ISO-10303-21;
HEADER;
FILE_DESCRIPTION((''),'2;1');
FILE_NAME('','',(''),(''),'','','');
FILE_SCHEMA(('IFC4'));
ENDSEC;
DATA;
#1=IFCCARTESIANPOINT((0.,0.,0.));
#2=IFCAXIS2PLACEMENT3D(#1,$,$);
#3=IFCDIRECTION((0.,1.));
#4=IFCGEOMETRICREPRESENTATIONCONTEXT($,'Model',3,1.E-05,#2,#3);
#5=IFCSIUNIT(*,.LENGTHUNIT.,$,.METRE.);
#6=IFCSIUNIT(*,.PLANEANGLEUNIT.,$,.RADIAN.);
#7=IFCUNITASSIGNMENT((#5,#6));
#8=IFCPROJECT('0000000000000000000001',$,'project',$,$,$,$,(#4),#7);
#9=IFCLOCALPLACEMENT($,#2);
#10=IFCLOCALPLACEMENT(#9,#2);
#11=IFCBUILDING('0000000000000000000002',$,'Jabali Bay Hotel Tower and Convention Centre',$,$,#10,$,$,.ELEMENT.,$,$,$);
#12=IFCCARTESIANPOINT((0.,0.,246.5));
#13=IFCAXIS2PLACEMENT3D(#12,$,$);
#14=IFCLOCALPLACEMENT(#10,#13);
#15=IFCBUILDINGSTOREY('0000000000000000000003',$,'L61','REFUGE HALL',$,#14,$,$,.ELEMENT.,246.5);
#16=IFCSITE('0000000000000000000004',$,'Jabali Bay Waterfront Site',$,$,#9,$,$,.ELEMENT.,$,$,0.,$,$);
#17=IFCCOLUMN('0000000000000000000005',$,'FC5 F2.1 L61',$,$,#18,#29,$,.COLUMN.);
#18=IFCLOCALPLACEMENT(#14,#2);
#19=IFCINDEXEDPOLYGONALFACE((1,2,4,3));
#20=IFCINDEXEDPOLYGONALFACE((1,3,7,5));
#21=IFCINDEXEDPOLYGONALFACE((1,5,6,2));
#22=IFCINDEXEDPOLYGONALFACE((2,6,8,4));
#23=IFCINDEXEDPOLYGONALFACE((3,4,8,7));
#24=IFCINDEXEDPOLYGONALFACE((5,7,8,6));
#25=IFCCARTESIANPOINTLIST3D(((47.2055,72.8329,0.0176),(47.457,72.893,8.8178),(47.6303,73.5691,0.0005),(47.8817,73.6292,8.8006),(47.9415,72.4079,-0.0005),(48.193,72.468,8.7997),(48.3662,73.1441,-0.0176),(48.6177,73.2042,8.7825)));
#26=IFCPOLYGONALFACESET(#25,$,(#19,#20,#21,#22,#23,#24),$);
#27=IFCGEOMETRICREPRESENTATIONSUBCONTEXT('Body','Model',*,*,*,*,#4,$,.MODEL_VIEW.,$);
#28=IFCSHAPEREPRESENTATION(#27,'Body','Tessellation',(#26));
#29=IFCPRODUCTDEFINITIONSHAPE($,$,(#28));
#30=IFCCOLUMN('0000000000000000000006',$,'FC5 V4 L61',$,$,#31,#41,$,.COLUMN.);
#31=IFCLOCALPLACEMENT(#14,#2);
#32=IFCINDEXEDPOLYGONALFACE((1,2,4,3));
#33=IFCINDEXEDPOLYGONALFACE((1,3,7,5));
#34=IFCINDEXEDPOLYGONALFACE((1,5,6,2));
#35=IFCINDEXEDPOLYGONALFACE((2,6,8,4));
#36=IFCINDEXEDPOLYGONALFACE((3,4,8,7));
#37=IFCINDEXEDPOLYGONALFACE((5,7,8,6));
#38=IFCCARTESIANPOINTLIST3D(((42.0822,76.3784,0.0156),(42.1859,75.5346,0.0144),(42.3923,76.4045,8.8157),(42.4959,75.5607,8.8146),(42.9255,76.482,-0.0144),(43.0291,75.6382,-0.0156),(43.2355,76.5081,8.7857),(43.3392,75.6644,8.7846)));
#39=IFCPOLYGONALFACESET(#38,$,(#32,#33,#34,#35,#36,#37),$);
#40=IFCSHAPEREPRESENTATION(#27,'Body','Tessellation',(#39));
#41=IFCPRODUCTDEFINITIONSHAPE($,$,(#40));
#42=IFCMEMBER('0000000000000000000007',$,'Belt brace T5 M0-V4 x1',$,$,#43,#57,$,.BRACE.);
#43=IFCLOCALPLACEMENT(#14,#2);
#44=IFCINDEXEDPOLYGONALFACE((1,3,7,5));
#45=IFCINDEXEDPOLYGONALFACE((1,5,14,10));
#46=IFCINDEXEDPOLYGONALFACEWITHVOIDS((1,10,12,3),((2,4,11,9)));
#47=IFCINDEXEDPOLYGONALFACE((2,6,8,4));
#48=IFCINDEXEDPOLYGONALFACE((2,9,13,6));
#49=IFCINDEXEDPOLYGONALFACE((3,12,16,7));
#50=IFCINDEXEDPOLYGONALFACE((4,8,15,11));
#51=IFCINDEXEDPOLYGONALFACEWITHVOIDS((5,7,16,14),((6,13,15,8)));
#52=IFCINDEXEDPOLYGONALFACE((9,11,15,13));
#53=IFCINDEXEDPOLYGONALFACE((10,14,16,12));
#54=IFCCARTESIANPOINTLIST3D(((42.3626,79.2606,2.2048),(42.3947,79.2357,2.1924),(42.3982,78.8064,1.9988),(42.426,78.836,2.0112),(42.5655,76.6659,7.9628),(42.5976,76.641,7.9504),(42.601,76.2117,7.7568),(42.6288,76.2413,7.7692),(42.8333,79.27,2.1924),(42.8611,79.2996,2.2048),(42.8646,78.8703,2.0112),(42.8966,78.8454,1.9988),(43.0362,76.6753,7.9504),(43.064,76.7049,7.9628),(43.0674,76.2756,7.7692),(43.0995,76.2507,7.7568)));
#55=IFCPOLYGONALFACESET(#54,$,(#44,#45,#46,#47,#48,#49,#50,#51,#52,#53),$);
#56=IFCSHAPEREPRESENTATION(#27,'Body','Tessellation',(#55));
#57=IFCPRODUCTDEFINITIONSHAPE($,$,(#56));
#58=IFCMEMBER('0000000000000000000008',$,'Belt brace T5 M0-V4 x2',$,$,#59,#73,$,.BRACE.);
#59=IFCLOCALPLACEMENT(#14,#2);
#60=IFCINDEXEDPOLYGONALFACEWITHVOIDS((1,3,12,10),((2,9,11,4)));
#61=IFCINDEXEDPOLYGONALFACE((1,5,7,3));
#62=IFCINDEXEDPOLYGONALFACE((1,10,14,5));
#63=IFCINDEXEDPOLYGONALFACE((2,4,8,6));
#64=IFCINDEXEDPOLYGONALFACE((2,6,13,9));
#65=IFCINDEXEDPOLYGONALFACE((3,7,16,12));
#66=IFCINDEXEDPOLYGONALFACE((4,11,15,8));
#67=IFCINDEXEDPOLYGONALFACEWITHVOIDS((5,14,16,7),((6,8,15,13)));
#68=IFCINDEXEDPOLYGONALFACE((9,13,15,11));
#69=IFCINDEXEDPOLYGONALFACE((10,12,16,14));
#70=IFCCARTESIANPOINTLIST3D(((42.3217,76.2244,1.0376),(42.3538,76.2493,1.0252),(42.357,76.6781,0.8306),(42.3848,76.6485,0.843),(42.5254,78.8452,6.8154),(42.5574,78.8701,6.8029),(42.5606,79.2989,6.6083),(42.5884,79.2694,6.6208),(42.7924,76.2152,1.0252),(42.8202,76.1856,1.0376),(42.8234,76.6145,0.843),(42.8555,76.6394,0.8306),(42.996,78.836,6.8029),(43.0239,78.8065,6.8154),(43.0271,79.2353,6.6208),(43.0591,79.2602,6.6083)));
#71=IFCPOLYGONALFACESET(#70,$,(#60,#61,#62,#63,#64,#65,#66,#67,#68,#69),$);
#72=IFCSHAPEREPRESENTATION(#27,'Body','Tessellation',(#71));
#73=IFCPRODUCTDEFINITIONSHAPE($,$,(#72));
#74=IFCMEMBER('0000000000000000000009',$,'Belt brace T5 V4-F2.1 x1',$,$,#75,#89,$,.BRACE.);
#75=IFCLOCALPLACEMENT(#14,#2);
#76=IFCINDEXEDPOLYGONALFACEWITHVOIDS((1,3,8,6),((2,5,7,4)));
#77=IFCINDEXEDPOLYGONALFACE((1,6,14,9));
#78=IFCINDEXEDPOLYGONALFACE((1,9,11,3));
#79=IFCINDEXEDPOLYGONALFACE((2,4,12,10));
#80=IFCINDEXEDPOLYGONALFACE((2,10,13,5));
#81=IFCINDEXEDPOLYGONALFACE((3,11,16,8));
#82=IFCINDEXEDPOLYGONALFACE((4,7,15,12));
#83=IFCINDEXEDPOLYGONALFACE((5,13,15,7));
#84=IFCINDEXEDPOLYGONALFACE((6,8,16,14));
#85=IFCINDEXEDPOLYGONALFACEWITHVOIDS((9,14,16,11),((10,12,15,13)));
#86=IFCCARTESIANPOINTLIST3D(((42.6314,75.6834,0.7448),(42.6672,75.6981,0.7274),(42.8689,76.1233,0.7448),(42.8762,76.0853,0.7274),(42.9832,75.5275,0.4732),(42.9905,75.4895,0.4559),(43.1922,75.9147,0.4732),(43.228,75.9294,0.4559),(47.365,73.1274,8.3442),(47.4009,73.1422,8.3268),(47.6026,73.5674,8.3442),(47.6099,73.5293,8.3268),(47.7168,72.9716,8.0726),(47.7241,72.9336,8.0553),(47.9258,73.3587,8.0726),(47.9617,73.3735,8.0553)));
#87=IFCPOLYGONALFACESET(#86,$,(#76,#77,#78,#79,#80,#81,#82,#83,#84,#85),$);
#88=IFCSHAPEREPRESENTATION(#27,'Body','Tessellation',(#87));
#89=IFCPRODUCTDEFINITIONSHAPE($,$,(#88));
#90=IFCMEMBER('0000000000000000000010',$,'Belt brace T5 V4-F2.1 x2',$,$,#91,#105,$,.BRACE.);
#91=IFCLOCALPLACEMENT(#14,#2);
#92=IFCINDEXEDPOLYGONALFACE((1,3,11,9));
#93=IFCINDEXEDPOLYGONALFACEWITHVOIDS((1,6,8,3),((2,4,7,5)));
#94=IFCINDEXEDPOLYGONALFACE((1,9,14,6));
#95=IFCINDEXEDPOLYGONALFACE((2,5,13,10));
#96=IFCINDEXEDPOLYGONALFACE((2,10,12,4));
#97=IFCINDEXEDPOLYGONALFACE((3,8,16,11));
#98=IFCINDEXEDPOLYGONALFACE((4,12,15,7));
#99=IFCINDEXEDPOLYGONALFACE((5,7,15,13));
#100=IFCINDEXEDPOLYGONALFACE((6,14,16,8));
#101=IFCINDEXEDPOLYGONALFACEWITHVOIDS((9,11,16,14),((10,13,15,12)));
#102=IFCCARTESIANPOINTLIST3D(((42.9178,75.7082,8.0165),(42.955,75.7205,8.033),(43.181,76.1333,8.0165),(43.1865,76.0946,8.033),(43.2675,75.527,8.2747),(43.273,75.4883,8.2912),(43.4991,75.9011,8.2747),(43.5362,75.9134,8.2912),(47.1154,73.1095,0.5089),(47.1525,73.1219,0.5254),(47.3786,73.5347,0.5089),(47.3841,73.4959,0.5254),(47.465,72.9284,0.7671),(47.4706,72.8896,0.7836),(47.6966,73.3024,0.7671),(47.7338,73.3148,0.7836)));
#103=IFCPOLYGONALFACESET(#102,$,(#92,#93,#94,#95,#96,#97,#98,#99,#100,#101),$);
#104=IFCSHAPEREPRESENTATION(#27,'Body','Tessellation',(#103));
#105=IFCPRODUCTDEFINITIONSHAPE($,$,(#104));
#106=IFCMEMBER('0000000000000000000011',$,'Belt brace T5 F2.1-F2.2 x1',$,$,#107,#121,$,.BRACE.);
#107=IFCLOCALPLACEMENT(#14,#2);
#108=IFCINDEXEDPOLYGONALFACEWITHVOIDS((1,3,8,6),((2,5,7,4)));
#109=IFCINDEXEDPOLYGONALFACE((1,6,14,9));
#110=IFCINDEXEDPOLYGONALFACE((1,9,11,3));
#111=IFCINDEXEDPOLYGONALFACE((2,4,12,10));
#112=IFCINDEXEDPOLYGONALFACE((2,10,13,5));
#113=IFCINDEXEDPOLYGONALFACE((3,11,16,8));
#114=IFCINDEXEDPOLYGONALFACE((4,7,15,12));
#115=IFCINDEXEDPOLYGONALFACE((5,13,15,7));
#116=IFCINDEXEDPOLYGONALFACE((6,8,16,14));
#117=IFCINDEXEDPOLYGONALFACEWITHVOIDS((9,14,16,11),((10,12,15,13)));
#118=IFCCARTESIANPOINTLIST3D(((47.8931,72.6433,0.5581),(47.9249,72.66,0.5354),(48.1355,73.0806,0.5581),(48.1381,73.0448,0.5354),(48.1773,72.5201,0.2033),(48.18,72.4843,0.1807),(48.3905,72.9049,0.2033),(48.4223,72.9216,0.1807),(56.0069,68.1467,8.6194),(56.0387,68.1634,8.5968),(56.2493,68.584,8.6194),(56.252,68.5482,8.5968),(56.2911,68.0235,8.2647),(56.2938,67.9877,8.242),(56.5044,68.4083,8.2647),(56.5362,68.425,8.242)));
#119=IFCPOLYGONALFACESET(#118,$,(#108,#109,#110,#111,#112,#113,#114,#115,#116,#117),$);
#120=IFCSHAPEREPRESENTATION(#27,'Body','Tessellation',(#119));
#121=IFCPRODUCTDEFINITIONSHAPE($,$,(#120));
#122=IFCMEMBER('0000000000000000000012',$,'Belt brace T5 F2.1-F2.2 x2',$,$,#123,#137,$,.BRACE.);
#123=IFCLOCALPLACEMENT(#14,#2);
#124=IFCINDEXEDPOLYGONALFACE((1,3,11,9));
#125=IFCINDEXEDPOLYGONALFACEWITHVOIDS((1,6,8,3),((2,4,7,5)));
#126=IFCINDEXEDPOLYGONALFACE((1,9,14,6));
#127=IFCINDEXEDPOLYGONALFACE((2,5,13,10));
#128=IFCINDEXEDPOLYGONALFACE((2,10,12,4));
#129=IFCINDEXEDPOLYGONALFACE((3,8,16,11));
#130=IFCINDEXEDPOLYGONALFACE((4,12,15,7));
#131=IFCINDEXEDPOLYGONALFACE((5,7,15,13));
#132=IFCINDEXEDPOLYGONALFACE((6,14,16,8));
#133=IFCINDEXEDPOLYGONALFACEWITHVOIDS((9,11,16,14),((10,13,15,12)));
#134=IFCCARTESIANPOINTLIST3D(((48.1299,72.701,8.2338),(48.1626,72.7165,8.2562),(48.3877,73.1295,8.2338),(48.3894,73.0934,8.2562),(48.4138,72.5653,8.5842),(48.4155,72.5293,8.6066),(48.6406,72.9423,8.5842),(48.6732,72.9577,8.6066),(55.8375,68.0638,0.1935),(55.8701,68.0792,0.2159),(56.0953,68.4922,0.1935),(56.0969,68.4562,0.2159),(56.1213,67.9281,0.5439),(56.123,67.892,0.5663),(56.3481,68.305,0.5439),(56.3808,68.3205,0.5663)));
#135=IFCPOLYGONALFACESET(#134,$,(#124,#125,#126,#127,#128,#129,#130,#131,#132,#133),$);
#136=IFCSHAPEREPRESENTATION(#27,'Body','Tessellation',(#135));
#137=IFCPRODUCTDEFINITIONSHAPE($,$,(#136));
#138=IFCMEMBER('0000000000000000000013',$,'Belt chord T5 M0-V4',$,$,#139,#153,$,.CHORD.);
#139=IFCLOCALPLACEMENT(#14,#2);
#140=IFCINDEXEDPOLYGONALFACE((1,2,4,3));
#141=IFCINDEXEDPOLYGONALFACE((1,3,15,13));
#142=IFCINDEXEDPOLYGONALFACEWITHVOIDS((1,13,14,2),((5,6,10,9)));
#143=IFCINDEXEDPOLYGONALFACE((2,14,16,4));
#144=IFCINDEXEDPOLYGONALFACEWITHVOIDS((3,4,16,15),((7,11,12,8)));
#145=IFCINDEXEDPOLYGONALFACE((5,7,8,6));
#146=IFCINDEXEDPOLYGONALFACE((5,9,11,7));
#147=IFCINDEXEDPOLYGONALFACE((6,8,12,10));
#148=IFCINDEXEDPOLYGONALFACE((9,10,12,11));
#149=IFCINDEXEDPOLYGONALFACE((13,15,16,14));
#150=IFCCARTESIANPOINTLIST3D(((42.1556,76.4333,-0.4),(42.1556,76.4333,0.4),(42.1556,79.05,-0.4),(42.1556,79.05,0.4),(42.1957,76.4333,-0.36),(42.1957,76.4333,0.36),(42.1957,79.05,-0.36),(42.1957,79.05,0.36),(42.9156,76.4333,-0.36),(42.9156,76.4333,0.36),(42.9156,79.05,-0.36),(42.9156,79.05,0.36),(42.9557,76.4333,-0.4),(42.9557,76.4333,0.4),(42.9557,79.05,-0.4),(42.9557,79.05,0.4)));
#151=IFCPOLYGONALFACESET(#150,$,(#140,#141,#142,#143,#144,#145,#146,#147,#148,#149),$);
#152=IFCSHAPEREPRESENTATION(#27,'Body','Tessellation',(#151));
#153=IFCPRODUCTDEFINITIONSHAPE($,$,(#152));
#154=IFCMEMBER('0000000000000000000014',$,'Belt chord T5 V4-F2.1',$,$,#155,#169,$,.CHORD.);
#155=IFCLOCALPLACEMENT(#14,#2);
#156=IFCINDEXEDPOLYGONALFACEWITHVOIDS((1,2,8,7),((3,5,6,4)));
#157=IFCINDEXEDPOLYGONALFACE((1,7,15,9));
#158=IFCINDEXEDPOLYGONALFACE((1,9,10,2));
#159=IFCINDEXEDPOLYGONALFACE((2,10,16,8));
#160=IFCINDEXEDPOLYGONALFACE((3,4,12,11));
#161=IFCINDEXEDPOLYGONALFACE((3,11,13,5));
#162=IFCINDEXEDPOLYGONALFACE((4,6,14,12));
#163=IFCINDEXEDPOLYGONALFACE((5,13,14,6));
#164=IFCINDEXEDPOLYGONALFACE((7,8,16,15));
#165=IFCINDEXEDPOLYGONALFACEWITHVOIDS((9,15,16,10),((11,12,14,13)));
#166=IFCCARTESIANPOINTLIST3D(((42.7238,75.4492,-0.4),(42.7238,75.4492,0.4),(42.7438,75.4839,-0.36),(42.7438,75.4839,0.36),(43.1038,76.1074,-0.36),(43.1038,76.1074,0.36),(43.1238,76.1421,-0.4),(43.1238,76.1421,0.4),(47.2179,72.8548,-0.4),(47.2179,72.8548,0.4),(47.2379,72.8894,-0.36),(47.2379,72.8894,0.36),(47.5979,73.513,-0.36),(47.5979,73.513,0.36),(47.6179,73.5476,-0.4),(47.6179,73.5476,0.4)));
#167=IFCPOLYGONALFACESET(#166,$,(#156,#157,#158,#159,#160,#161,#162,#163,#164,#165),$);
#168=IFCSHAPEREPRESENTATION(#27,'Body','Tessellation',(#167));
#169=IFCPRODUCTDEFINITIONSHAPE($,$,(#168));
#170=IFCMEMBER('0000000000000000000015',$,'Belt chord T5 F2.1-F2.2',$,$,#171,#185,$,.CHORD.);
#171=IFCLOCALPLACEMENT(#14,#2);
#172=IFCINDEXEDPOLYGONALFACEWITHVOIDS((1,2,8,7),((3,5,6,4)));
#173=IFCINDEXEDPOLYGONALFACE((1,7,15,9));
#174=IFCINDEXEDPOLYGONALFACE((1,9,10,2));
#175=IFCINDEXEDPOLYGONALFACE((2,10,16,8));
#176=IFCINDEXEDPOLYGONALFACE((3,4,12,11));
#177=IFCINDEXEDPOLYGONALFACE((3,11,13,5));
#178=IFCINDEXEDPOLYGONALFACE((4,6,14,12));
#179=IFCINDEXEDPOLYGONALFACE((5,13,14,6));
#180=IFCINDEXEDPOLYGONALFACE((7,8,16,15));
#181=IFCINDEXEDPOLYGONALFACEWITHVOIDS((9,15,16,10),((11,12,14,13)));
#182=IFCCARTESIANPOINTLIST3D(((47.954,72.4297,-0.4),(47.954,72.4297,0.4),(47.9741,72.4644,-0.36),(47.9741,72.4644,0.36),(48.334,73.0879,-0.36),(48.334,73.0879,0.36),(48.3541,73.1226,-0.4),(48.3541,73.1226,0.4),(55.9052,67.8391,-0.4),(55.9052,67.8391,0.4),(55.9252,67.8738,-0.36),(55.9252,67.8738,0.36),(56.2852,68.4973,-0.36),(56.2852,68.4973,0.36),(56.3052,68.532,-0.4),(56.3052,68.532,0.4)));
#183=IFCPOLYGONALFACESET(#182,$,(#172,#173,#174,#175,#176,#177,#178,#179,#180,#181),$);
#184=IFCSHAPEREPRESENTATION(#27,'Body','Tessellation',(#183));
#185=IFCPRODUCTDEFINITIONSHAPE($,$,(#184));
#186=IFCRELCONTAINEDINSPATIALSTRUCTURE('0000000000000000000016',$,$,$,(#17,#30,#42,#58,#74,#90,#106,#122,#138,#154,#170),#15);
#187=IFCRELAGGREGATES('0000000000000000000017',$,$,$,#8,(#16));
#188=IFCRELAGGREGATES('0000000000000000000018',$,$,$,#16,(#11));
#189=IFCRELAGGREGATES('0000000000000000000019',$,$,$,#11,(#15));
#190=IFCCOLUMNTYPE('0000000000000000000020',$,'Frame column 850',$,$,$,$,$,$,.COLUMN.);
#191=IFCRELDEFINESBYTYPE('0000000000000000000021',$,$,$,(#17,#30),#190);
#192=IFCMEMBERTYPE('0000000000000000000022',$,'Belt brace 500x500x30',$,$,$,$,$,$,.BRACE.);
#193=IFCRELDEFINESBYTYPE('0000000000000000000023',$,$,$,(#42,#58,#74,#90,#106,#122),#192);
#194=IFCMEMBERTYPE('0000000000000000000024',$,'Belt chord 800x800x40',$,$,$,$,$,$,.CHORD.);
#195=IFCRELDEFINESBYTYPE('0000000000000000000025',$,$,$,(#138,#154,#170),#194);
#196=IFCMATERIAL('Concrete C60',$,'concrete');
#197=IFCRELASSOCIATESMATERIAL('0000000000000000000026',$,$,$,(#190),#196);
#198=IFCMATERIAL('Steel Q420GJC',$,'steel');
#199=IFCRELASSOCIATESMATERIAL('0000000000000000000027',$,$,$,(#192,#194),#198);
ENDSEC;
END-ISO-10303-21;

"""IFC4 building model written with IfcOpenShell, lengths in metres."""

from ifc_helpers import new_model, si_unit, direction, frame, origin, origin_2d, place, context, subcontext, project, spatial, rectangle, hollow_rectangle, extrude, material, material_profile, profile_set, type_object, element, save


model = new_model("IFC4")

# Units and contexts
model_context = context("Model", 3, precision=1e-05, world=origin(), true_north=direction((0.0, 1.0)))
body_context = subcontext(model_context, "Body", "Model", "MODEL_VIEW")
ifc_project = project(units=[si_unit("LENGTHUNIT", "METRE"), si_unit("PLANEANGLEUNIT", "RADIAN")], contexts=[model_context])

# Site, building, storey
site_placement = place(None, origin())
site = spatial("IfcSite", under=ifc_project, at=site_placement, Name="Jabali Bay Waterfront Site", CompositionType="ELEMENT", RefElevation=0.0)
building_placement = place(site_placement, origin())
building = spatial("IfcBuilding", under=site, at=building_placement, Name="Jabali Bay Hotel Tower and Convention Centre", CompositionType="ELEMENT")
storey_placement = place(building_placement, frame((0.0, 0.0, 246.5)))
storey = spatial("IfcBuildingStorey", under=building, at=storey_placement, Name="L61", Description="REFUGE HALL", CompositionType="ELEMENT", Elevation=246.5)

# Columns
ifc_material_1 = material(Name="Concrete C60", Category="concrete")
ifc_material_profile_1 = material_profile(ifc_material_1, rectangle(XDim=0.8501, YDim=0.8501, at=origin_2d()), Name="Frame column 850")
ifc_profile_set_1 = profile_set([ifc_material_profile_1], Name="Concrete C60")
column_type = type_object("IfcColumnType", Name="Frame column 850", PredefinedType="COLUMN", material=ifc_profile_set_1)
column_1_placement = place(storey_placement, frame((47.7859, 72.9885, 0.0), z_axis=(0.028563, 0.006822, 0.999569), x_axis=(-0.865774, 0.499981, 0.021328)))
element("IfcColumn", 1, at=column_1_placement, inside=storey, type_object=column_type, Name="FC5 F2.1 L61", PredefinedType="COLUMN", context=body_context, shape_type="SweptSolid", body=[
    extrude(rectangle(XDim=0.8501, YDim=0.8501, at=origin_2d()), origin(), (0.0, 0.0, 1.0), 8.804),
])
column_2_placement = place(storey_placement, frame((42.5557, 76.0083, 0.0), z_axis=(0.035212, 0.002967, 0.999375), x_axis=(-0.121916, 0.992539, 0.001349)))
element("IfcColumn", 2, at=column_2_placement, inside=storey, type_object=column_type, Name="FC5 V4 L61", PredefinedType="COLUMN", context=body_context, shape_type="SweptSolid", body=[
    extrude(rectangle(XDim=0.8501, YDim=0.8501, at=origin_2d()), origin(), (0.0, 0.0, 1.0), 8.8057),
])

# Members
ifc_material_2 = material(Name="Steel Q420GJC", Category="steel")
ifc_material_profile_2 = material_profile(ifc_material_2, hollow_rectangle(XDim=0.5, YDim=0.5, WallThickness=0.03, at=origin_2d()), Name="Belt brace 500x500x30")
ifc_profile_set_2 = profile_set([ifc_material_profile_2], Name="Steel Q420GJC")
member_type_1 = type_object("IfcMemberType", Name="Belt brace 500x500x30", PredefinedType="BRACE", material=ifc_profile_set_2)
member_1_placement = place(storey_placement, frame((42.6296, 79.053, 2.1018), z_axis=(0.032107, -0.410627, 0.911238), x_axis=(0.996957, 0.077952, 0.0)))
element("IfcMember", 3, at=member_1_placement, inside=storey, type_object=member_type_1, Name="Belt brace T5 M0-V4 x1", PredefinedType="BRACE", context=body_context, shape_type="SweptSolid", body=[
    extrude(hollow_rectangle(XDim=0.5, YDim=0.5, WallThickness=0.03, at=origin_2d()), origin(), (0.0, 0.0, 1.0), 6.3188),
])
member_2_placement = place(storey_placement, frame((42.5886, 76.4319, 0.9341), z_axis=(0.032077, 0.41288, 0.91022), x_axis=(-0.996996, 0.077456, 0.0)))
element("IfcMember", 4, at=member_2_placement, inside=storey, type_object=member_type_1, Name="Belt brace T5 M0-V4 x2", PredefinedType="BRACE", context=body_context, shape_type="SweptSolid", body=[
    extrude(hollow_rectangle(XDim=0.5, YDim=0.5, WallThickness=0.03, at=origin_2d()), origin(), (0.0, 0.0, 1.0), 6.3477),
])
member_3_placement = place(storey_placement, frame((42.9297, 75.8064, 0.6003), z_axis=(0.508405, -0.274511, 0.816191), x_axis=(0.475112, 0.879926, 0.0)))
element("IfcMember", 5, at=member_3_placement, inside=storey, type_object=member_type_1, Name="Belt brace T5 V4-F2.1 x1", PredefinedType="BRACE", context=body_context, shape_type="SweptSolid", body=[
    extrude(hollow_rectangle(XDim=0.5, YDim=0.5, WallThickness=0.03, at=origin_2d()), origin(), (0.0, 0.0, 1.0), 9.3108),
])
member_4_placement = place(storey_placement, frame((47.4246, 73.2122, 0.6462), z_axis=(-0.467153, 0.289209, 0.835539), x_axis=(-0.52638, -0.850249, 0.0)))
element("IfcMember", 6, at=member_4_placement, inside=storey, type_object=member_type_1, Name="Belt brace T5 V4-F2.1 x2", PredefinedType="BRACE", context=body_context, shape_type="SweptSolid", body=[
    extrude(hollow_rectangle(XDim=0.5, YDim=0.5, WallThickness=0.03, at=origin_2d()), origin(), (0.0, 0.0, 1.0), 8.9854),
])
member_5_placement = place(storey_placement, frame((48.1577, 72.7825, 0.3694), z_axis=(0.660209, -0.365882, 0.655938), x_axis=(0.484731, 0.874663, 0.0)))
element("IfcMember", 7, at=member_5_placement, inside=storey, type_object=member_type_1, Name="Belt brace T5 F2.1-F2.2 x1", PredefinedType="BRACE", context=body_context, shape_type="SweptSolid", body=[
    extrude(hollow_rectangle(XDim=0.5, YDim=0.5, WallThickness=0.03, at=origin_2d()), origin(), (0.0, 0.0, 1.0), 12.2898),
])
member_6_placement = place(storey_placement, frame((56.1091, 68.1921, 0.3799), z_axis=(-0.638852, 0.384363, 0.666433), x_axis=(-0.515533, -0.85687, 0.0)))
element("IfcMember", 8, at=member_6_placement, inside=storey, type_object=member_type_1, Name="Belt brace T5 F2.1-F2.2 x2", PredefinedType="BRACE", context=body_context, shape_type="SweptSolid", body=[
    extrude(hollow_rectangle(XDim=0.5, YDim=0.5, WallThickness=0.03, at=origin_2d()), origin(), (0.0, 0.0, 1.0), 12.0647),
])
ifc_material_profile_3 = material_profile(ifc_material_2, hollow_rectangle(XDim=0.8, YDim=0.8, WallThickness=0.04, at=origin_2d()), Name="Belt chord 800x800x40")
ifc_profile_set_3 = profile_set([ifc_material_profile_3], Name="Steel Q420GJC")
member_type_2 = type_object("IfcMemberType", Name="Belt chord 800x800x40", PredefinedType="CHORD", material=ifc_profile_set_3)
member_7_placement = place(storey_placement, frame((42.5557, 79.05, 0.0), z_axis=(0.0, -1.0, 0.0), x_axis=(1.0, 0.0, 0.0)))
element("IfcMember", 9, at=member_7_placement, inside=storey, type_object=member_type_2, Name="Belt chord T5 M0-V4", PredefinedType="CHORD", context=body_context, shape_type="SweptSolid", body=[
    extrude(hollow_rectangle(XDim=0.8, YDim=0.8, WallThickness=0.04, at=origin_2d()), origin(), (0.0, 0.0, 1.0), 2.6167),
])
member_8_placement = place(storey_placement, frame((42.9238, 75.7957, 0.0), z_axis=(0.866043, -0.49997, 0.0), x_axis=(0.49997, 0.866043, 0.0)))
element("IfcMember", 10, at=member_8_placement, inside=storey, type_object=member_type_2, Name="Belt chord T5 V4-F2.1", PredefinedType="CHORD", context=body_context, shape_type="SweptSolid", body=[
    extrude(hollow_rectangle(XDim=0.8, YDim=0.8, WallThickness=0.04, at=origin_2d()), origin(), (0.0, 0.0, 1.0), 5.1892),
])
member_9_placement = place(storey_placement, frame((48.1541, 72.7761, 0.0), z_axis=(0.866027, -0.499997, 0.0), x_axis=(0.499997, 0.866027, 0.0)))
element("IfcMember", 11, at=member_9_placement, inside=storey, type_object=member_type_2, Name="Belt chord T5 F2.1-F2.2", PredefinedType="CHORD", context=body_context, shape_type="SweptSolid", body=[
    extrude(hollow_rectangle(XDim=0.8, YDim=0.8, WallThickness=0.04, at=origin_2d()), origin(), (0.0, 0.0, 1.0), 9.1812),
])

save(model, "model.ifc")
